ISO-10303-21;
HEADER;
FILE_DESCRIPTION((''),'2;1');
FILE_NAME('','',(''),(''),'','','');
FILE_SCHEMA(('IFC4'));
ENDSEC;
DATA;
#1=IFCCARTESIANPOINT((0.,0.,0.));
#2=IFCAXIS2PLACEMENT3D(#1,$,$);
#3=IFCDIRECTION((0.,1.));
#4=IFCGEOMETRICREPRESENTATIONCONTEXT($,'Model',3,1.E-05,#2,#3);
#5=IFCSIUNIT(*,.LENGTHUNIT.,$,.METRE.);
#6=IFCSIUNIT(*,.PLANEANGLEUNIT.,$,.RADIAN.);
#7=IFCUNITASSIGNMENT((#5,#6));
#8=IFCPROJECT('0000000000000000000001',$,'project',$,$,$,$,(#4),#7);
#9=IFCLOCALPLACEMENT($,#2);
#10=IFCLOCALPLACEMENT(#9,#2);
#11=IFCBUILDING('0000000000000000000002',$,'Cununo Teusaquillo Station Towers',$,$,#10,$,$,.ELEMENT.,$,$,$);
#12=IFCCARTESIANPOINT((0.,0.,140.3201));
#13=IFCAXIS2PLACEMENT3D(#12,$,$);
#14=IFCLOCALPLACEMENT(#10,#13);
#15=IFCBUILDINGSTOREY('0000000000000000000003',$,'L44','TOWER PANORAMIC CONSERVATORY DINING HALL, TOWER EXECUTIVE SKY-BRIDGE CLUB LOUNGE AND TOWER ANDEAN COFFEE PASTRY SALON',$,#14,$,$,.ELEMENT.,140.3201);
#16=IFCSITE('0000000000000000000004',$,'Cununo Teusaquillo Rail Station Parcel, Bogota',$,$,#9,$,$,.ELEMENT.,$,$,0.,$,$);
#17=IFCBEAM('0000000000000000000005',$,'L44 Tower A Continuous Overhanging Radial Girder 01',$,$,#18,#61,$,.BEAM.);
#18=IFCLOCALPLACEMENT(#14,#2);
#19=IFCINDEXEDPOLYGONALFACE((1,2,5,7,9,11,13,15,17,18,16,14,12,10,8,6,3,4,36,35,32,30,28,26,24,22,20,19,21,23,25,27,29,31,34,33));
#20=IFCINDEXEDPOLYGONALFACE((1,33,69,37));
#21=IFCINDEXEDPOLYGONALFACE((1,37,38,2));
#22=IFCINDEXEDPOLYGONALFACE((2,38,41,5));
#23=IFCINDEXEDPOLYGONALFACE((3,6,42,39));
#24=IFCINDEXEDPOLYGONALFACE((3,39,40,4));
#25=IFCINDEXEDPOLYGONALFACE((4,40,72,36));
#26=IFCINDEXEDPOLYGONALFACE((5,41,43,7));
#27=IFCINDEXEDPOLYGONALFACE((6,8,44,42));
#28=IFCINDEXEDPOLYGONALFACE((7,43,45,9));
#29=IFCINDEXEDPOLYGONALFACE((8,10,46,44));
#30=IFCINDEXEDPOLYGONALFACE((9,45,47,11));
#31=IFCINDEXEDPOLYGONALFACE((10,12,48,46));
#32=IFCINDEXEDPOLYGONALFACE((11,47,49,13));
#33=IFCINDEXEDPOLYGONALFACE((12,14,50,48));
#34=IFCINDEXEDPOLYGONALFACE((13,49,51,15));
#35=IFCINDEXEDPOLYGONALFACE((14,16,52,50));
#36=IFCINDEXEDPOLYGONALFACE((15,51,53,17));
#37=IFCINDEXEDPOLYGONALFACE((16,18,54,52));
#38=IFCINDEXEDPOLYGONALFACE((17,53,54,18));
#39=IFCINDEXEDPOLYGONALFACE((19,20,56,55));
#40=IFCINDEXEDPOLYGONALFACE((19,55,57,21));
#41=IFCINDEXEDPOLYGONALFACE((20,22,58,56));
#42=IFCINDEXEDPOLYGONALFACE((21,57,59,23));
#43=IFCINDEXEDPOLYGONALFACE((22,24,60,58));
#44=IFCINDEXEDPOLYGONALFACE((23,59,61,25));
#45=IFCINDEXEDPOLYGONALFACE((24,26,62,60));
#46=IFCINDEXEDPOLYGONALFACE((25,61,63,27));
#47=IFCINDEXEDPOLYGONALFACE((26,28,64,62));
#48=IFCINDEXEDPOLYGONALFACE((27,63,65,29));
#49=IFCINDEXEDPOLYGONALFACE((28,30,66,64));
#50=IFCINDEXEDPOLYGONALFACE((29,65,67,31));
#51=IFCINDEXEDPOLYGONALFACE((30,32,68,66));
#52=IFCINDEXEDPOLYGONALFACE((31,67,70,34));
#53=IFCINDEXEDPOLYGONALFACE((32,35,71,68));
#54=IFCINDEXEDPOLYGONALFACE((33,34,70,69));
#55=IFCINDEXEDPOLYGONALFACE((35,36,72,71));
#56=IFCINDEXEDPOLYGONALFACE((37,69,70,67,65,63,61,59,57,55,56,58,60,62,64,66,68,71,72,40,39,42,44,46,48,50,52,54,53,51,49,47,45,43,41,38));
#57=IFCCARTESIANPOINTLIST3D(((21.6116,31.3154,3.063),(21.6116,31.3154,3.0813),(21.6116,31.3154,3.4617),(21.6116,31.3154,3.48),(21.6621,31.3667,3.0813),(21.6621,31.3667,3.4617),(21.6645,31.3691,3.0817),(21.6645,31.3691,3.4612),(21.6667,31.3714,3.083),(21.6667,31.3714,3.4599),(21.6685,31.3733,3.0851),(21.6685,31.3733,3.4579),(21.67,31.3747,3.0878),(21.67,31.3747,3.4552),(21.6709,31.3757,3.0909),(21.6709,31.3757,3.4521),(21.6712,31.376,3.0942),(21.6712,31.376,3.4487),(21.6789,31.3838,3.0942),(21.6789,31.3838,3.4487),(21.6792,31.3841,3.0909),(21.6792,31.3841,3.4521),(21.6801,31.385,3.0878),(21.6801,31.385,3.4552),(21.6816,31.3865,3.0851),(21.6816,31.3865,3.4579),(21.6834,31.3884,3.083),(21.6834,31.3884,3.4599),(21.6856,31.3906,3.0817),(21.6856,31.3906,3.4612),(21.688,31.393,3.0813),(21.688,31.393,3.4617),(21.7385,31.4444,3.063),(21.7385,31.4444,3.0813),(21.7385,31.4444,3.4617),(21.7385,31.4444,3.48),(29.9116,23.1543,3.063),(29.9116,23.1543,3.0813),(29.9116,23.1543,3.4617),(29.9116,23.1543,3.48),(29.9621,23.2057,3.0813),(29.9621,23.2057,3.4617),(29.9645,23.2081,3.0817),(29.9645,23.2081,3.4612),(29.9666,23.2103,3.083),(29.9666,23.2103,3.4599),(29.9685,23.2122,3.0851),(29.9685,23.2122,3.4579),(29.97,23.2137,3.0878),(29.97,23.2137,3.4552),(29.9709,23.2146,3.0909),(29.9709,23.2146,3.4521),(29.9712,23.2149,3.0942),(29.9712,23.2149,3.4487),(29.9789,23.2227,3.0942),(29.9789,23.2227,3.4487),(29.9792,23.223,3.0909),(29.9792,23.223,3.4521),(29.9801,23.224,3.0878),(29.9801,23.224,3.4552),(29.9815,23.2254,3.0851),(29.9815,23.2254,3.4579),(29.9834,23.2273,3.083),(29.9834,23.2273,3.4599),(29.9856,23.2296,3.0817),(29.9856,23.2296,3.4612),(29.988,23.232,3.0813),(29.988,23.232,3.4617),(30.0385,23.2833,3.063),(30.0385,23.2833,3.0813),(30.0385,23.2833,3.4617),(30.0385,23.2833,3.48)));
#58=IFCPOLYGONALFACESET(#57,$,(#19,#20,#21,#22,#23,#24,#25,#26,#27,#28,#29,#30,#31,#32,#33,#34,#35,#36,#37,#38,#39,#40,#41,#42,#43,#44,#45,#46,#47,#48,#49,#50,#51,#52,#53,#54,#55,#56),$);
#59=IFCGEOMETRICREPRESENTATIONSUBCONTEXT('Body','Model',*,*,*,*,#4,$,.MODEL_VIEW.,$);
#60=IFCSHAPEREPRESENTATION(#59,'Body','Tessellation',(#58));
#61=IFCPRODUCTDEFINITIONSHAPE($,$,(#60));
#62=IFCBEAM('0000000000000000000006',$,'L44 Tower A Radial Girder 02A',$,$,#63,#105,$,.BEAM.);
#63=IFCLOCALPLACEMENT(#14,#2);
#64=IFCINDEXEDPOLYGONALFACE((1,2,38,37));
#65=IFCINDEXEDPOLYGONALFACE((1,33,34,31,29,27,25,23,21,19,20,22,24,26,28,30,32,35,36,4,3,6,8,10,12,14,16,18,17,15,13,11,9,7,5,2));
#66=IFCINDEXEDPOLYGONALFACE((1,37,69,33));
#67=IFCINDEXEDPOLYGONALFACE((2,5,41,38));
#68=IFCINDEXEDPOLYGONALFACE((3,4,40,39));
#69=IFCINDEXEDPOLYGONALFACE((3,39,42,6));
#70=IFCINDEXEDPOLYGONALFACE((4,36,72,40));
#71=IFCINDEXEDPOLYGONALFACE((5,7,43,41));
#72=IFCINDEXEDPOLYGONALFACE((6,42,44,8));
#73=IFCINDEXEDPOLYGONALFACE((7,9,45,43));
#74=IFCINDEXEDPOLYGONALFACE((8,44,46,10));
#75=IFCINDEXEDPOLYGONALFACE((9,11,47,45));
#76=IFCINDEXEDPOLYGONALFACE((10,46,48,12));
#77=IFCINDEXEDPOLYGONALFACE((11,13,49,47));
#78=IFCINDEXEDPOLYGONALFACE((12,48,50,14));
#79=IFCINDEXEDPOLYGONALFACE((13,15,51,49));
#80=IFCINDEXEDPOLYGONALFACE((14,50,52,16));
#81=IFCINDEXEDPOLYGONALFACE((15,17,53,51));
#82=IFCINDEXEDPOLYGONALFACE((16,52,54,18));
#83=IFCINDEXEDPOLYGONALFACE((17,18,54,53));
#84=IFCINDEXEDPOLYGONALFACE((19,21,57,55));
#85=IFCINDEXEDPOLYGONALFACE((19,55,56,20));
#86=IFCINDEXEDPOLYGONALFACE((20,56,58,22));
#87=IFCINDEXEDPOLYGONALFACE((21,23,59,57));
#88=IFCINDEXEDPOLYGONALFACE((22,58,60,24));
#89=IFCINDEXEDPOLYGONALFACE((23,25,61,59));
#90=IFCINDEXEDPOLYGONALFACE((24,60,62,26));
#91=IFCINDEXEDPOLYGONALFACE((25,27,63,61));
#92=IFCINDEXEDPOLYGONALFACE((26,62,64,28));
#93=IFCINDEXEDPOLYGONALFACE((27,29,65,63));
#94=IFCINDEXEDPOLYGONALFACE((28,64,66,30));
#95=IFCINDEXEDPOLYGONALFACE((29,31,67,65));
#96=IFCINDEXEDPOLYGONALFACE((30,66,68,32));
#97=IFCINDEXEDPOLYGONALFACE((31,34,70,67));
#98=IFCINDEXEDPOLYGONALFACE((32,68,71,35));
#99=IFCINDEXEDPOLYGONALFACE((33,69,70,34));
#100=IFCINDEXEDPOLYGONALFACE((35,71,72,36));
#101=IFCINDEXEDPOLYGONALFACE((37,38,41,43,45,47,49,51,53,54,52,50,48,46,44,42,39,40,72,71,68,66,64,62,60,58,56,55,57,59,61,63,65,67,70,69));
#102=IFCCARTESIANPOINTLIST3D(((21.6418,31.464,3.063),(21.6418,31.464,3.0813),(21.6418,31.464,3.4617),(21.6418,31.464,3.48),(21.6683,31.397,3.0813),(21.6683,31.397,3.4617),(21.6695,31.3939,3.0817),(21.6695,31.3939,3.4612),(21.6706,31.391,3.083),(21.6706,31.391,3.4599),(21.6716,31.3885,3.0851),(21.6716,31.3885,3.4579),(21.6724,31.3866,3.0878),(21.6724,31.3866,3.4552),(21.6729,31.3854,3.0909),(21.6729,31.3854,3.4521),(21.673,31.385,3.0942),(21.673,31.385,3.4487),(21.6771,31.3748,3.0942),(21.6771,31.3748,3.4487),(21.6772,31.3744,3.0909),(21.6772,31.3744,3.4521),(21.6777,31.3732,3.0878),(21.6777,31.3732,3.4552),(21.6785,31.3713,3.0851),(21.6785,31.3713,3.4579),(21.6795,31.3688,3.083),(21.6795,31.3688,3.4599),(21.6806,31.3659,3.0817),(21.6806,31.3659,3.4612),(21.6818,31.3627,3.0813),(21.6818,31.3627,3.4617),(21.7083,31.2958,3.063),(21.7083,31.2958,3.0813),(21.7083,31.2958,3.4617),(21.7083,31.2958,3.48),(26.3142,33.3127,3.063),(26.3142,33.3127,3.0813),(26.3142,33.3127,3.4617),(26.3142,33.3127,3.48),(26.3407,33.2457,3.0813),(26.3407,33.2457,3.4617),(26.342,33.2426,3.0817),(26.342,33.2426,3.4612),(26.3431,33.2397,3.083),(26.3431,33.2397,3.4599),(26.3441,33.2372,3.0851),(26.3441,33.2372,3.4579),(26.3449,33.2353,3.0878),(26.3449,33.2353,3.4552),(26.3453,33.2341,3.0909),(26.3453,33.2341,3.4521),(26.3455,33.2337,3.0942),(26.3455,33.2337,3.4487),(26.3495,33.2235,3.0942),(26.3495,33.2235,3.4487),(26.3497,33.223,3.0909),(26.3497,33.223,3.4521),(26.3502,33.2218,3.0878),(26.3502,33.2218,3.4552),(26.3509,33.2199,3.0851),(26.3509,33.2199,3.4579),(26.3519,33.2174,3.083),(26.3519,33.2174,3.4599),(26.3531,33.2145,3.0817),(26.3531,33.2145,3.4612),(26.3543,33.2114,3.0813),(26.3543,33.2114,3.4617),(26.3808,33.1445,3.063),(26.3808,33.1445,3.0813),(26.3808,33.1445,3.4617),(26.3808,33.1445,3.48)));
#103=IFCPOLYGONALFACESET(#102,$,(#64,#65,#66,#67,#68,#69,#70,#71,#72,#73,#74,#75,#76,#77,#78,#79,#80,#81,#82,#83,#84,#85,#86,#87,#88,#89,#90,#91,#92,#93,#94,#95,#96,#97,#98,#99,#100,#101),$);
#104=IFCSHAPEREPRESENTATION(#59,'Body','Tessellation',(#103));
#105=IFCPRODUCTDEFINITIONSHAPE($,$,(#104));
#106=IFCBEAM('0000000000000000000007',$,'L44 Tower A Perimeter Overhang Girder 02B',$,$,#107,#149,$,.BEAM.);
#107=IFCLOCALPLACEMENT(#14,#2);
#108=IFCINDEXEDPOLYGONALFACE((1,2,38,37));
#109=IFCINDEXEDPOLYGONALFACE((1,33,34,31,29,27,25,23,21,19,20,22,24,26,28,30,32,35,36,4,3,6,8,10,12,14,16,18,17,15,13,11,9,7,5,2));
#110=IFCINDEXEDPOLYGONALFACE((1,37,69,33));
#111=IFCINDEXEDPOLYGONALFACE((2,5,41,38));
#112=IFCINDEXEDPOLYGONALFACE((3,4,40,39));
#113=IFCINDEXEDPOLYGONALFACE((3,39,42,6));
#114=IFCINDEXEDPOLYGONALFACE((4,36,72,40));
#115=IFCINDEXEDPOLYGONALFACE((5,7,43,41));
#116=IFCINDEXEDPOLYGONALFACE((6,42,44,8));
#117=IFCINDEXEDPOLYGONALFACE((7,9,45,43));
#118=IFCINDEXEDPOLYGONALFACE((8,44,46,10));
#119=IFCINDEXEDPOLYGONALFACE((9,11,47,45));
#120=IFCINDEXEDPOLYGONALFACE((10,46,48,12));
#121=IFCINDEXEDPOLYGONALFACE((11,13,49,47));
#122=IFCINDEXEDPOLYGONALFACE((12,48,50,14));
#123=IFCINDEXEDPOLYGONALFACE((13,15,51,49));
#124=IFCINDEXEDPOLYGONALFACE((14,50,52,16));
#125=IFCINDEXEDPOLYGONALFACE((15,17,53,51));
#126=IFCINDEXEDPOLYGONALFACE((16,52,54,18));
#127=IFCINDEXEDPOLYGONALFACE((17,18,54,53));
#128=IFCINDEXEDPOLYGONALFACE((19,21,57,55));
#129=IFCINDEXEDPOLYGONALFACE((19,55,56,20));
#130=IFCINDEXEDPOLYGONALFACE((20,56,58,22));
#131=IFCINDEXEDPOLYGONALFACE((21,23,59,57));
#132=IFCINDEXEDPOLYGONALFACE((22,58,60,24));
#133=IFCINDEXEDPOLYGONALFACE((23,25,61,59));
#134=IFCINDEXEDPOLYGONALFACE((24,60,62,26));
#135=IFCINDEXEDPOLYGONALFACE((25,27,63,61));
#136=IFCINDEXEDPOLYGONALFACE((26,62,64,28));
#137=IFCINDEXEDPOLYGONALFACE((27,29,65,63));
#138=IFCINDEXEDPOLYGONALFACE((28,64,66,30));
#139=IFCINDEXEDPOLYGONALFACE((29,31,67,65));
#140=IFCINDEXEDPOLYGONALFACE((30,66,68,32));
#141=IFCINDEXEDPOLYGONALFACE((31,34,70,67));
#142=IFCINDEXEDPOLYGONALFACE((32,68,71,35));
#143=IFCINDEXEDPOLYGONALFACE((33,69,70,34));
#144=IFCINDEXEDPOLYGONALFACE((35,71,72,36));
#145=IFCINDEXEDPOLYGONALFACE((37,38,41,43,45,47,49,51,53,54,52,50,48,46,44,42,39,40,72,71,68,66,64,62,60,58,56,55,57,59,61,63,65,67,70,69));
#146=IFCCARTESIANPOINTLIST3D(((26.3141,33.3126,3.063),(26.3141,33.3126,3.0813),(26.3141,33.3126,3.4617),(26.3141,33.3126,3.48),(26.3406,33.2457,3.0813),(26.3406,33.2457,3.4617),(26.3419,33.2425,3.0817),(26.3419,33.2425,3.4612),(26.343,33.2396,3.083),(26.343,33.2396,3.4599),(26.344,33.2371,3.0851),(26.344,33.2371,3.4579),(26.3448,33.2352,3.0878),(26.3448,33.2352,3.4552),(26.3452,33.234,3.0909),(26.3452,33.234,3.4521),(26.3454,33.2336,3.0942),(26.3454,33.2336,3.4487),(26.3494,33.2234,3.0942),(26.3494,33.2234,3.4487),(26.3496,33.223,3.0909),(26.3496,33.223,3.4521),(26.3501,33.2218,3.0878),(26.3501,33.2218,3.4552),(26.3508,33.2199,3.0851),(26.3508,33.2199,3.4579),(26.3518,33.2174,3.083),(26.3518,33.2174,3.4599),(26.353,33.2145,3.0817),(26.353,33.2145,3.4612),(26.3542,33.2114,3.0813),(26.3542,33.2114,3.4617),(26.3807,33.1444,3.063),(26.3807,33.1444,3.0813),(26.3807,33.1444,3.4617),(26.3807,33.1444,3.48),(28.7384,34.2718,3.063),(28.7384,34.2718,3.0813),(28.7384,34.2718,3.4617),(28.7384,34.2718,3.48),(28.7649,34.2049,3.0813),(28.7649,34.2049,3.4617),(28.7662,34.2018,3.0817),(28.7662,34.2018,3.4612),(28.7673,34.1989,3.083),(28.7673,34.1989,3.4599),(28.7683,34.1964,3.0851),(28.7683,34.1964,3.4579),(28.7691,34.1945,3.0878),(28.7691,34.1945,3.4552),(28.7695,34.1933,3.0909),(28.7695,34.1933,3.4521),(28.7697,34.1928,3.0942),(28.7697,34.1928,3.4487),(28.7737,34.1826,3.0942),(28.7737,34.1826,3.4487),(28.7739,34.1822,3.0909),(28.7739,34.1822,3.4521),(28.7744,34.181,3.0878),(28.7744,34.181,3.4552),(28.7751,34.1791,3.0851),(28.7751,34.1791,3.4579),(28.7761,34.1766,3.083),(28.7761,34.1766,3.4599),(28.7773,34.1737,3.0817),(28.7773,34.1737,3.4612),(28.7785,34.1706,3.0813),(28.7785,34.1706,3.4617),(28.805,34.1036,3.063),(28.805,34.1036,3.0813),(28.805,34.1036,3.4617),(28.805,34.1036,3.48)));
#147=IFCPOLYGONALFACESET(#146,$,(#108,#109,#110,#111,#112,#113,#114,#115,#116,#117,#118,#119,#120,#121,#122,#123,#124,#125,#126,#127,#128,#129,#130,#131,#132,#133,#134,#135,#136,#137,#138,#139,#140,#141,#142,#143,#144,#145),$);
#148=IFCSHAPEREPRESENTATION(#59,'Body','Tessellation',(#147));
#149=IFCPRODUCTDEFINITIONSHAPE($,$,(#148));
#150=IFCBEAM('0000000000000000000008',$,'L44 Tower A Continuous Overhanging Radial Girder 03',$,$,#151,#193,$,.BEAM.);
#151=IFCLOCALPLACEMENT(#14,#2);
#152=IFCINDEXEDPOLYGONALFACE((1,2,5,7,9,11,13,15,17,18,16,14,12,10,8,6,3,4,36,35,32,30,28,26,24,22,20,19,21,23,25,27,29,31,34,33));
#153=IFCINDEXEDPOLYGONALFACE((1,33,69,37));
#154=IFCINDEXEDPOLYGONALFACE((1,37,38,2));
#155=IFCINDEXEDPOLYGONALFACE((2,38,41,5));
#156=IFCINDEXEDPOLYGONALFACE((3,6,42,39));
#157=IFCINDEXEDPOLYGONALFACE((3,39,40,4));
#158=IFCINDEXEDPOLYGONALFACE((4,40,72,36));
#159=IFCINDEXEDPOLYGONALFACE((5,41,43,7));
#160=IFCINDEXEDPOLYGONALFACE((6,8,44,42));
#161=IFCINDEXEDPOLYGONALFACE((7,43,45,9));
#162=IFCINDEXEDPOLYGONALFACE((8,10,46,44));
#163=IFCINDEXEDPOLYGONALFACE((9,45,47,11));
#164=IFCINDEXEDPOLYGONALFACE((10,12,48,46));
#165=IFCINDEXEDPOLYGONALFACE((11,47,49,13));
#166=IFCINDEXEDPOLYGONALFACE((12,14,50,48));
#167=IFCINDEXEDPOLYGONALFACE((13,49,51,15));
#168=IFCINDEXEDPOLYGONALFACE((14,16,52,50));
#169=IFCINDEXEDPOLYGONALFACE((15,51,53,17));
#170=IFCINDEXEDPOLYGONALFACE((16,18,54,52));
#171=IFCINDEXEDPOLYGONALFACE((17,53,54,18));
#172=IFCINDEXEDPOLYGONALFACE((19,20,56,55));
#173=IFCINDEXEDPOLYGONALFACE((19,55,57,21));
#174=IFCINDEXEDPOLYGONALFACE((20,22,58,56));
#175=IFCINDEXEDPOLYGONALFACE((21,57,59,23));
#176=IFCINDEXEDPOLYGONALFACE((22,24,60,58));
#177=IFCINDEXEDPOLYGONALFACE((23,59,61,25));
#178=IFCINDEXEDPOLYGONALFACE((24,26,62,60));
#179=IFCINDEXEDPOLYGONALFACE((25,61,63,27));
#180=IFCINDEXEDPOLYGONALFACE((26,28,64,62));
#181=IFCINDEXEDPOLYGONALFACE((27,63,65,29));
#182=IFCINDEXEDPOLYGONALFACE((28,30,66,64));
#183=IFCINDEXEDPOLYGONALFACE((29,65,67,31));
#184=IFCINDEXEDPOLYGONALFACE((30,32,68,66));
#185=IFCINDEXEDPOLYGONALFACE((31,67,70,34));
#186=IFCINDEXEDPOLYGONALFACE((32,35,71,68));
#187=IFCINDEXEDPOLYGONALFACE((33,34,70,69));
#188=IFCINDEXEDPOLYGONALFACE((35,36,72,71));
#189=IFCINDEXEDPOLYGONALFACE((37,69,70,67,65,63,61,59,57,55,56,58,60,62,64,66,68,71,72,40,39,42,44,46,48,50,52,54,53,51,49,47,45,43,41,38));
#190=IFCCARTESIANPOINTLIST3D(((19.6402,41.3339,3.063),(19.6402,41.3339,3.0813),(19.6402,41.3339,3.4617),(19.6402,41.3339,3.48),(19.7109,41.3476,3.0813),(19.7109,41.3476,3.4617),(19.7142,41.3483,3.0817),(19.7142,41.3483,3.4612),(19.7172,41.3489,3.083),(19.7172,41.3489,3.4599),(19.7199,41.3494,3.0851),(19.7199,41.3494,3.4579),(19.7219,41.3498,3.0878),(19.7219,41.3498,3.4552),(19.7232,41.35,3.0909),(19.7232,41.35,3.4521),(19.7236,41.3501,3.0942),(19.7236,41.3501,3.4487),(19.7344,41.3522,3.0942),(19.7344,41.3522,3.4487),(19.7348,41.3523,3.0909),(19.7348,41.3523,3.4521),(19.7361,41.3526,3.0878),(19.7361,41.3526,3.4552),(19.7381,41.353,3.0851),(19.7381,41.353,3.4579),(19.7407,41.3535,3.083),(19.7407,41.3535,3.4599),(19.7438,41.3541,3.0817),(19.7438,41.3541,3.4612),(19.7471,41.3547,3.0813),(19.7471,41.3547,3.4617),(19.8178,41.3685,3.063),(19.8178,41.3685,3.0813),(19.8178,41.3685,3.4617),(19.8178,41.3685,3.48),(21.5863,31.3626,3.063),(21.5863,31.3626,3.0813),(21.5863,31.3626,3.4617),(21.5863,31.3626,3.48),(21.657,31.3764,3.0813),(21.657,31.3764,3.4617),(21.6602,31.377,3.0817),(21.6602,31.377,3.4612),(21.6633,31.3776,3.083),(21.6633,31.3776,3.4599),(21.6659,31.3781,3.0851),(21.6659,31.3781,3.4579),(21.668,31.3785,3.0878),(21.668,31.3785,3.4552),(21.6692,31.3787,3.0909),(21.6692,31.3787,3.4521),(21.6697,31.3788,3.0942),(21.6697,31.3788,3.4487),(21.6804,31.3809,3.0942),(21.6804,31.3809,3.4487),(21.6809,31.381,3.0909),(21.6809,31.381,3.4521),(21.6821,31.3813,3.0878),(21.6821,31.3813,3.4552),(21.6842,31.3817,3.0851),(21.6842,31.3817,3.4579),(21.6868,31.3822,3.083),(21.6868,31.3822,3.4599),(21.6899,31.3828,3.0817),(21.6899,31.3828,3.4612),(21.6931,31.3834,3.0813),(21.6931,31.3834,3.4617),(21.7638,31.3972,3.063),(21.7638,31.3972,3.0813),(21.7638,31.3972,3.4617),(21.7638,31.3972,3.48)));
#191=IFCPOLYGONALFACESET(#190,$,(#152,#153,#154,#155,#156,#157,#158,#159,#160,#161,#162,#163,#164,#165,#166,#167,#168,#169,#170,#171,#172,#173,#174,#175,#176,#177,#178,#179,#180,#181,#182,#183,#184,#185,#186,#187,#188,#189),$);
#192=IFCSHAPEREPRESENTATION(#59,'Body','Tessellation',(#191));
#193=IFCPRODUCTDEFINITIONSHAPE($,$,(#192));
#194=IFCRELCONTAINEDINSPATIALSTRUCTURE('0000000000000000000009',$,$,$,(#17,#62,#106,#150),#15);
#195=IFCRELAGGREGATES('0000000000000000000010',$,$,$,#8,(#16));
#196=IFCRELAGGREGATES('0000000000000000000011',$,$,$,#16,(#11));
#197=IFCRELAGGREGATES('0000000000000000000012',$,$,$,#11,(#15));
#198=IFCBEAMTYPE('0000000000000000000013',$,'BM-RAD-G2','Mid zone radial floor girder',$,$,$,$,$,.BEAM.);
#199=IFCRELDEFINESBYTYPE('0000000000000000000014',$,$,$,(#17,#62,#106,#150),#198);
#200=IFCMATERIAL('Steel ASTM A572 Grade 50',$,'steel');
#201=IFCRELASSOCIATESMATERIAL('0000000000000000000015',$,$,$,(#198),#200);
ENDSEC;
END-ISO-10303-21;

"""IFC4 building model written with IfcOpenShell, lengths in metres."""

from ifc_helpers import new_model, si_unit, direction, frame, origin, origin_2d, place, context, subcontext, project, spatial, i_section, extrude, material, material_profile, profile_set, type_object, element, save


model = new_model("IFC4")

# Units and contexts
model_context = context("Model", 3, precision=1e-05, world=origin(), true_north=direction((0.0, 1.0)))
body_context = subcontext(model_context, "Body", "Model", "MODEL_VIEW")
ifc_project = project(units=[si_unit("LENGTHUNIT", "METRE"), si_unit("PLANEANGLEUNIT", "RADIAN")], contexts=[model_context])

# Site, building, storey
site_placement = place(None, origin())
site = spatial("IfcSite", under=ifc_project, at=site_placement, Name="Cununo Teusaquillo Rail Station Parcel, Bogota", CompositionType="ELEMENT", RefElevation=0.0)
building_placement = place(site_placement, origin())
building = spatial("IfcBuilding", under=site, at=building_placement, Name="Cununo Teusaquillo Station Towers", CompositionType="ELEMENT")
storey_placement = place(building_placement, frame((0.0, 0.0, 140.3201)))
storey = spatial("IfcBuildingStorey", under=building, at=storey_placement, Name="L44", Description="TOWER PANORAMIC CONSERVATORY DINING HALL, TOWER EXECUTIVE SKY-BRIDGE CLUB LOUNGE AND TOWER ANDEAN COFFEE PASTRY SALON", CompositionType="ELEMENT", Elevation=140.3201)

# Beams
ifc_material_1 = material(Name="Steel ASTM A572 Grade 50", Category="steel")
ifc_material_profile_1 = material_profile(ifc_material_1, i_section(OverallWidth=0.1809, OverallDepth=0.417, WebThickness=0.011, FlangeThickness=0.0183, FilletRadius=0.0129, at=origin_2d()), Name="W16X57")
ifc_profile_set_1 = profile_set([ifc_material_profile_1], Name="Steel ASTM A572 Grade 50")
beam_type_1 = type_object("IfcBeamType", Name="BM-RAD-G2", Description="Mid zone radial floor girder", PredefinedType="BEAM", material=ifc_profile_set_1)
beam_1_placement = place(storey_placement, frame((21.675, 31.3799, 3.2715), z_axis=(0.713049, -0.701115, 0.0), x_axis=(0.701115, 0.713049, 0.0)))
element("IfcBeam", 1, at=beam_1_placement, inside=storey, type_object=beam_type_1, Name="L44 Tower A Continuous Overhanging Radial Girder 01", PredefinedType="BEAM", context=body_context, shape_type="SweptSolid", body=[
    extrude(i_section(OverallWidth=0.1809, OverallDepth=0.417, WebThickness=0.011, FlangeThickness=0.0183, FilletRadius=0.0129, at=origin_2d()), origin(), (0.0, 0.0, 1.0), 11.6401),
])
beam_2_placement = place(storey_placement, frame((21.675, 31.3799, 3.2715), z_axis=(0.929864, 0.367903, 0.0), x_axis=(-0.367903, 0.929864, 0.0)))
element("IfcBeam", 2, at=beam_2_placement, inside=storey, type_object=beam_type_1, Name="L44 Tower A Radial Girder 02A", PredefinedType="BEAM", context=body_context, shape_type="SweptSolid", body=[
    extrude(i_section(OverallWidth=0.1809, OverallDepth=0.417, WebThickness=0.011, FlangeThickness=0.0183, FilletRadius=0.0129, at=origin_2d()), origin(), (0.0, 0.0, 1.0), 5.0249),
])
beam_3_placement = place(storey_placement, frame((26.3474, 33.2285, 3.2715), z_axis=(0.929859, 0.367917, 0.0), x_axis=(-0.367917, 0.929859, 0.0)))
element("IfcBeam", 3, at=beam_3_placement, inside=storey, type_object=beam_type_1, Name="L44 Tower A Perimeter Overhang Girder 02B", PredefinedType="BEAM", context=body_context, shape_type="SweptSolid", body=[
    extrude(i_section(OverallWidth=0.1809, OverallDepth=0.417, WebThickness=0.011, FlangeThickness=0.0183, FilletRadius=0.0129, at=origin_2d()), origin(), (0.0, 0.0, 1.0), 2.6072),
])
beam_4_placement = place(storey_placement, frame((21.675, 31.3799, 3.2715), z_axis=(-0.191553, 0.981482, 0.0), x_axis=(-0.981482, -0.191553, 0.0)))
element("IfcBeam", 4, at=beam_4_placement, inside=storey, type_object=beam_type_1, Name="L44 Tower A Continuous Overhanging Radial Girder 03", PredefinedType="BEAM", context=body_context, shape_type="SweptSolid", body=[
    extrude(i_section(OverallWidth=0.1809, OverallDepth=0.417, WebThickness=0.011, FlangeThickness=0.0183, FilletRadius=0.0129, at=origin_2d()), origin(), (0.0, 0.0, 1.0), 10.1594),
])

save(model, "model.ifc")
